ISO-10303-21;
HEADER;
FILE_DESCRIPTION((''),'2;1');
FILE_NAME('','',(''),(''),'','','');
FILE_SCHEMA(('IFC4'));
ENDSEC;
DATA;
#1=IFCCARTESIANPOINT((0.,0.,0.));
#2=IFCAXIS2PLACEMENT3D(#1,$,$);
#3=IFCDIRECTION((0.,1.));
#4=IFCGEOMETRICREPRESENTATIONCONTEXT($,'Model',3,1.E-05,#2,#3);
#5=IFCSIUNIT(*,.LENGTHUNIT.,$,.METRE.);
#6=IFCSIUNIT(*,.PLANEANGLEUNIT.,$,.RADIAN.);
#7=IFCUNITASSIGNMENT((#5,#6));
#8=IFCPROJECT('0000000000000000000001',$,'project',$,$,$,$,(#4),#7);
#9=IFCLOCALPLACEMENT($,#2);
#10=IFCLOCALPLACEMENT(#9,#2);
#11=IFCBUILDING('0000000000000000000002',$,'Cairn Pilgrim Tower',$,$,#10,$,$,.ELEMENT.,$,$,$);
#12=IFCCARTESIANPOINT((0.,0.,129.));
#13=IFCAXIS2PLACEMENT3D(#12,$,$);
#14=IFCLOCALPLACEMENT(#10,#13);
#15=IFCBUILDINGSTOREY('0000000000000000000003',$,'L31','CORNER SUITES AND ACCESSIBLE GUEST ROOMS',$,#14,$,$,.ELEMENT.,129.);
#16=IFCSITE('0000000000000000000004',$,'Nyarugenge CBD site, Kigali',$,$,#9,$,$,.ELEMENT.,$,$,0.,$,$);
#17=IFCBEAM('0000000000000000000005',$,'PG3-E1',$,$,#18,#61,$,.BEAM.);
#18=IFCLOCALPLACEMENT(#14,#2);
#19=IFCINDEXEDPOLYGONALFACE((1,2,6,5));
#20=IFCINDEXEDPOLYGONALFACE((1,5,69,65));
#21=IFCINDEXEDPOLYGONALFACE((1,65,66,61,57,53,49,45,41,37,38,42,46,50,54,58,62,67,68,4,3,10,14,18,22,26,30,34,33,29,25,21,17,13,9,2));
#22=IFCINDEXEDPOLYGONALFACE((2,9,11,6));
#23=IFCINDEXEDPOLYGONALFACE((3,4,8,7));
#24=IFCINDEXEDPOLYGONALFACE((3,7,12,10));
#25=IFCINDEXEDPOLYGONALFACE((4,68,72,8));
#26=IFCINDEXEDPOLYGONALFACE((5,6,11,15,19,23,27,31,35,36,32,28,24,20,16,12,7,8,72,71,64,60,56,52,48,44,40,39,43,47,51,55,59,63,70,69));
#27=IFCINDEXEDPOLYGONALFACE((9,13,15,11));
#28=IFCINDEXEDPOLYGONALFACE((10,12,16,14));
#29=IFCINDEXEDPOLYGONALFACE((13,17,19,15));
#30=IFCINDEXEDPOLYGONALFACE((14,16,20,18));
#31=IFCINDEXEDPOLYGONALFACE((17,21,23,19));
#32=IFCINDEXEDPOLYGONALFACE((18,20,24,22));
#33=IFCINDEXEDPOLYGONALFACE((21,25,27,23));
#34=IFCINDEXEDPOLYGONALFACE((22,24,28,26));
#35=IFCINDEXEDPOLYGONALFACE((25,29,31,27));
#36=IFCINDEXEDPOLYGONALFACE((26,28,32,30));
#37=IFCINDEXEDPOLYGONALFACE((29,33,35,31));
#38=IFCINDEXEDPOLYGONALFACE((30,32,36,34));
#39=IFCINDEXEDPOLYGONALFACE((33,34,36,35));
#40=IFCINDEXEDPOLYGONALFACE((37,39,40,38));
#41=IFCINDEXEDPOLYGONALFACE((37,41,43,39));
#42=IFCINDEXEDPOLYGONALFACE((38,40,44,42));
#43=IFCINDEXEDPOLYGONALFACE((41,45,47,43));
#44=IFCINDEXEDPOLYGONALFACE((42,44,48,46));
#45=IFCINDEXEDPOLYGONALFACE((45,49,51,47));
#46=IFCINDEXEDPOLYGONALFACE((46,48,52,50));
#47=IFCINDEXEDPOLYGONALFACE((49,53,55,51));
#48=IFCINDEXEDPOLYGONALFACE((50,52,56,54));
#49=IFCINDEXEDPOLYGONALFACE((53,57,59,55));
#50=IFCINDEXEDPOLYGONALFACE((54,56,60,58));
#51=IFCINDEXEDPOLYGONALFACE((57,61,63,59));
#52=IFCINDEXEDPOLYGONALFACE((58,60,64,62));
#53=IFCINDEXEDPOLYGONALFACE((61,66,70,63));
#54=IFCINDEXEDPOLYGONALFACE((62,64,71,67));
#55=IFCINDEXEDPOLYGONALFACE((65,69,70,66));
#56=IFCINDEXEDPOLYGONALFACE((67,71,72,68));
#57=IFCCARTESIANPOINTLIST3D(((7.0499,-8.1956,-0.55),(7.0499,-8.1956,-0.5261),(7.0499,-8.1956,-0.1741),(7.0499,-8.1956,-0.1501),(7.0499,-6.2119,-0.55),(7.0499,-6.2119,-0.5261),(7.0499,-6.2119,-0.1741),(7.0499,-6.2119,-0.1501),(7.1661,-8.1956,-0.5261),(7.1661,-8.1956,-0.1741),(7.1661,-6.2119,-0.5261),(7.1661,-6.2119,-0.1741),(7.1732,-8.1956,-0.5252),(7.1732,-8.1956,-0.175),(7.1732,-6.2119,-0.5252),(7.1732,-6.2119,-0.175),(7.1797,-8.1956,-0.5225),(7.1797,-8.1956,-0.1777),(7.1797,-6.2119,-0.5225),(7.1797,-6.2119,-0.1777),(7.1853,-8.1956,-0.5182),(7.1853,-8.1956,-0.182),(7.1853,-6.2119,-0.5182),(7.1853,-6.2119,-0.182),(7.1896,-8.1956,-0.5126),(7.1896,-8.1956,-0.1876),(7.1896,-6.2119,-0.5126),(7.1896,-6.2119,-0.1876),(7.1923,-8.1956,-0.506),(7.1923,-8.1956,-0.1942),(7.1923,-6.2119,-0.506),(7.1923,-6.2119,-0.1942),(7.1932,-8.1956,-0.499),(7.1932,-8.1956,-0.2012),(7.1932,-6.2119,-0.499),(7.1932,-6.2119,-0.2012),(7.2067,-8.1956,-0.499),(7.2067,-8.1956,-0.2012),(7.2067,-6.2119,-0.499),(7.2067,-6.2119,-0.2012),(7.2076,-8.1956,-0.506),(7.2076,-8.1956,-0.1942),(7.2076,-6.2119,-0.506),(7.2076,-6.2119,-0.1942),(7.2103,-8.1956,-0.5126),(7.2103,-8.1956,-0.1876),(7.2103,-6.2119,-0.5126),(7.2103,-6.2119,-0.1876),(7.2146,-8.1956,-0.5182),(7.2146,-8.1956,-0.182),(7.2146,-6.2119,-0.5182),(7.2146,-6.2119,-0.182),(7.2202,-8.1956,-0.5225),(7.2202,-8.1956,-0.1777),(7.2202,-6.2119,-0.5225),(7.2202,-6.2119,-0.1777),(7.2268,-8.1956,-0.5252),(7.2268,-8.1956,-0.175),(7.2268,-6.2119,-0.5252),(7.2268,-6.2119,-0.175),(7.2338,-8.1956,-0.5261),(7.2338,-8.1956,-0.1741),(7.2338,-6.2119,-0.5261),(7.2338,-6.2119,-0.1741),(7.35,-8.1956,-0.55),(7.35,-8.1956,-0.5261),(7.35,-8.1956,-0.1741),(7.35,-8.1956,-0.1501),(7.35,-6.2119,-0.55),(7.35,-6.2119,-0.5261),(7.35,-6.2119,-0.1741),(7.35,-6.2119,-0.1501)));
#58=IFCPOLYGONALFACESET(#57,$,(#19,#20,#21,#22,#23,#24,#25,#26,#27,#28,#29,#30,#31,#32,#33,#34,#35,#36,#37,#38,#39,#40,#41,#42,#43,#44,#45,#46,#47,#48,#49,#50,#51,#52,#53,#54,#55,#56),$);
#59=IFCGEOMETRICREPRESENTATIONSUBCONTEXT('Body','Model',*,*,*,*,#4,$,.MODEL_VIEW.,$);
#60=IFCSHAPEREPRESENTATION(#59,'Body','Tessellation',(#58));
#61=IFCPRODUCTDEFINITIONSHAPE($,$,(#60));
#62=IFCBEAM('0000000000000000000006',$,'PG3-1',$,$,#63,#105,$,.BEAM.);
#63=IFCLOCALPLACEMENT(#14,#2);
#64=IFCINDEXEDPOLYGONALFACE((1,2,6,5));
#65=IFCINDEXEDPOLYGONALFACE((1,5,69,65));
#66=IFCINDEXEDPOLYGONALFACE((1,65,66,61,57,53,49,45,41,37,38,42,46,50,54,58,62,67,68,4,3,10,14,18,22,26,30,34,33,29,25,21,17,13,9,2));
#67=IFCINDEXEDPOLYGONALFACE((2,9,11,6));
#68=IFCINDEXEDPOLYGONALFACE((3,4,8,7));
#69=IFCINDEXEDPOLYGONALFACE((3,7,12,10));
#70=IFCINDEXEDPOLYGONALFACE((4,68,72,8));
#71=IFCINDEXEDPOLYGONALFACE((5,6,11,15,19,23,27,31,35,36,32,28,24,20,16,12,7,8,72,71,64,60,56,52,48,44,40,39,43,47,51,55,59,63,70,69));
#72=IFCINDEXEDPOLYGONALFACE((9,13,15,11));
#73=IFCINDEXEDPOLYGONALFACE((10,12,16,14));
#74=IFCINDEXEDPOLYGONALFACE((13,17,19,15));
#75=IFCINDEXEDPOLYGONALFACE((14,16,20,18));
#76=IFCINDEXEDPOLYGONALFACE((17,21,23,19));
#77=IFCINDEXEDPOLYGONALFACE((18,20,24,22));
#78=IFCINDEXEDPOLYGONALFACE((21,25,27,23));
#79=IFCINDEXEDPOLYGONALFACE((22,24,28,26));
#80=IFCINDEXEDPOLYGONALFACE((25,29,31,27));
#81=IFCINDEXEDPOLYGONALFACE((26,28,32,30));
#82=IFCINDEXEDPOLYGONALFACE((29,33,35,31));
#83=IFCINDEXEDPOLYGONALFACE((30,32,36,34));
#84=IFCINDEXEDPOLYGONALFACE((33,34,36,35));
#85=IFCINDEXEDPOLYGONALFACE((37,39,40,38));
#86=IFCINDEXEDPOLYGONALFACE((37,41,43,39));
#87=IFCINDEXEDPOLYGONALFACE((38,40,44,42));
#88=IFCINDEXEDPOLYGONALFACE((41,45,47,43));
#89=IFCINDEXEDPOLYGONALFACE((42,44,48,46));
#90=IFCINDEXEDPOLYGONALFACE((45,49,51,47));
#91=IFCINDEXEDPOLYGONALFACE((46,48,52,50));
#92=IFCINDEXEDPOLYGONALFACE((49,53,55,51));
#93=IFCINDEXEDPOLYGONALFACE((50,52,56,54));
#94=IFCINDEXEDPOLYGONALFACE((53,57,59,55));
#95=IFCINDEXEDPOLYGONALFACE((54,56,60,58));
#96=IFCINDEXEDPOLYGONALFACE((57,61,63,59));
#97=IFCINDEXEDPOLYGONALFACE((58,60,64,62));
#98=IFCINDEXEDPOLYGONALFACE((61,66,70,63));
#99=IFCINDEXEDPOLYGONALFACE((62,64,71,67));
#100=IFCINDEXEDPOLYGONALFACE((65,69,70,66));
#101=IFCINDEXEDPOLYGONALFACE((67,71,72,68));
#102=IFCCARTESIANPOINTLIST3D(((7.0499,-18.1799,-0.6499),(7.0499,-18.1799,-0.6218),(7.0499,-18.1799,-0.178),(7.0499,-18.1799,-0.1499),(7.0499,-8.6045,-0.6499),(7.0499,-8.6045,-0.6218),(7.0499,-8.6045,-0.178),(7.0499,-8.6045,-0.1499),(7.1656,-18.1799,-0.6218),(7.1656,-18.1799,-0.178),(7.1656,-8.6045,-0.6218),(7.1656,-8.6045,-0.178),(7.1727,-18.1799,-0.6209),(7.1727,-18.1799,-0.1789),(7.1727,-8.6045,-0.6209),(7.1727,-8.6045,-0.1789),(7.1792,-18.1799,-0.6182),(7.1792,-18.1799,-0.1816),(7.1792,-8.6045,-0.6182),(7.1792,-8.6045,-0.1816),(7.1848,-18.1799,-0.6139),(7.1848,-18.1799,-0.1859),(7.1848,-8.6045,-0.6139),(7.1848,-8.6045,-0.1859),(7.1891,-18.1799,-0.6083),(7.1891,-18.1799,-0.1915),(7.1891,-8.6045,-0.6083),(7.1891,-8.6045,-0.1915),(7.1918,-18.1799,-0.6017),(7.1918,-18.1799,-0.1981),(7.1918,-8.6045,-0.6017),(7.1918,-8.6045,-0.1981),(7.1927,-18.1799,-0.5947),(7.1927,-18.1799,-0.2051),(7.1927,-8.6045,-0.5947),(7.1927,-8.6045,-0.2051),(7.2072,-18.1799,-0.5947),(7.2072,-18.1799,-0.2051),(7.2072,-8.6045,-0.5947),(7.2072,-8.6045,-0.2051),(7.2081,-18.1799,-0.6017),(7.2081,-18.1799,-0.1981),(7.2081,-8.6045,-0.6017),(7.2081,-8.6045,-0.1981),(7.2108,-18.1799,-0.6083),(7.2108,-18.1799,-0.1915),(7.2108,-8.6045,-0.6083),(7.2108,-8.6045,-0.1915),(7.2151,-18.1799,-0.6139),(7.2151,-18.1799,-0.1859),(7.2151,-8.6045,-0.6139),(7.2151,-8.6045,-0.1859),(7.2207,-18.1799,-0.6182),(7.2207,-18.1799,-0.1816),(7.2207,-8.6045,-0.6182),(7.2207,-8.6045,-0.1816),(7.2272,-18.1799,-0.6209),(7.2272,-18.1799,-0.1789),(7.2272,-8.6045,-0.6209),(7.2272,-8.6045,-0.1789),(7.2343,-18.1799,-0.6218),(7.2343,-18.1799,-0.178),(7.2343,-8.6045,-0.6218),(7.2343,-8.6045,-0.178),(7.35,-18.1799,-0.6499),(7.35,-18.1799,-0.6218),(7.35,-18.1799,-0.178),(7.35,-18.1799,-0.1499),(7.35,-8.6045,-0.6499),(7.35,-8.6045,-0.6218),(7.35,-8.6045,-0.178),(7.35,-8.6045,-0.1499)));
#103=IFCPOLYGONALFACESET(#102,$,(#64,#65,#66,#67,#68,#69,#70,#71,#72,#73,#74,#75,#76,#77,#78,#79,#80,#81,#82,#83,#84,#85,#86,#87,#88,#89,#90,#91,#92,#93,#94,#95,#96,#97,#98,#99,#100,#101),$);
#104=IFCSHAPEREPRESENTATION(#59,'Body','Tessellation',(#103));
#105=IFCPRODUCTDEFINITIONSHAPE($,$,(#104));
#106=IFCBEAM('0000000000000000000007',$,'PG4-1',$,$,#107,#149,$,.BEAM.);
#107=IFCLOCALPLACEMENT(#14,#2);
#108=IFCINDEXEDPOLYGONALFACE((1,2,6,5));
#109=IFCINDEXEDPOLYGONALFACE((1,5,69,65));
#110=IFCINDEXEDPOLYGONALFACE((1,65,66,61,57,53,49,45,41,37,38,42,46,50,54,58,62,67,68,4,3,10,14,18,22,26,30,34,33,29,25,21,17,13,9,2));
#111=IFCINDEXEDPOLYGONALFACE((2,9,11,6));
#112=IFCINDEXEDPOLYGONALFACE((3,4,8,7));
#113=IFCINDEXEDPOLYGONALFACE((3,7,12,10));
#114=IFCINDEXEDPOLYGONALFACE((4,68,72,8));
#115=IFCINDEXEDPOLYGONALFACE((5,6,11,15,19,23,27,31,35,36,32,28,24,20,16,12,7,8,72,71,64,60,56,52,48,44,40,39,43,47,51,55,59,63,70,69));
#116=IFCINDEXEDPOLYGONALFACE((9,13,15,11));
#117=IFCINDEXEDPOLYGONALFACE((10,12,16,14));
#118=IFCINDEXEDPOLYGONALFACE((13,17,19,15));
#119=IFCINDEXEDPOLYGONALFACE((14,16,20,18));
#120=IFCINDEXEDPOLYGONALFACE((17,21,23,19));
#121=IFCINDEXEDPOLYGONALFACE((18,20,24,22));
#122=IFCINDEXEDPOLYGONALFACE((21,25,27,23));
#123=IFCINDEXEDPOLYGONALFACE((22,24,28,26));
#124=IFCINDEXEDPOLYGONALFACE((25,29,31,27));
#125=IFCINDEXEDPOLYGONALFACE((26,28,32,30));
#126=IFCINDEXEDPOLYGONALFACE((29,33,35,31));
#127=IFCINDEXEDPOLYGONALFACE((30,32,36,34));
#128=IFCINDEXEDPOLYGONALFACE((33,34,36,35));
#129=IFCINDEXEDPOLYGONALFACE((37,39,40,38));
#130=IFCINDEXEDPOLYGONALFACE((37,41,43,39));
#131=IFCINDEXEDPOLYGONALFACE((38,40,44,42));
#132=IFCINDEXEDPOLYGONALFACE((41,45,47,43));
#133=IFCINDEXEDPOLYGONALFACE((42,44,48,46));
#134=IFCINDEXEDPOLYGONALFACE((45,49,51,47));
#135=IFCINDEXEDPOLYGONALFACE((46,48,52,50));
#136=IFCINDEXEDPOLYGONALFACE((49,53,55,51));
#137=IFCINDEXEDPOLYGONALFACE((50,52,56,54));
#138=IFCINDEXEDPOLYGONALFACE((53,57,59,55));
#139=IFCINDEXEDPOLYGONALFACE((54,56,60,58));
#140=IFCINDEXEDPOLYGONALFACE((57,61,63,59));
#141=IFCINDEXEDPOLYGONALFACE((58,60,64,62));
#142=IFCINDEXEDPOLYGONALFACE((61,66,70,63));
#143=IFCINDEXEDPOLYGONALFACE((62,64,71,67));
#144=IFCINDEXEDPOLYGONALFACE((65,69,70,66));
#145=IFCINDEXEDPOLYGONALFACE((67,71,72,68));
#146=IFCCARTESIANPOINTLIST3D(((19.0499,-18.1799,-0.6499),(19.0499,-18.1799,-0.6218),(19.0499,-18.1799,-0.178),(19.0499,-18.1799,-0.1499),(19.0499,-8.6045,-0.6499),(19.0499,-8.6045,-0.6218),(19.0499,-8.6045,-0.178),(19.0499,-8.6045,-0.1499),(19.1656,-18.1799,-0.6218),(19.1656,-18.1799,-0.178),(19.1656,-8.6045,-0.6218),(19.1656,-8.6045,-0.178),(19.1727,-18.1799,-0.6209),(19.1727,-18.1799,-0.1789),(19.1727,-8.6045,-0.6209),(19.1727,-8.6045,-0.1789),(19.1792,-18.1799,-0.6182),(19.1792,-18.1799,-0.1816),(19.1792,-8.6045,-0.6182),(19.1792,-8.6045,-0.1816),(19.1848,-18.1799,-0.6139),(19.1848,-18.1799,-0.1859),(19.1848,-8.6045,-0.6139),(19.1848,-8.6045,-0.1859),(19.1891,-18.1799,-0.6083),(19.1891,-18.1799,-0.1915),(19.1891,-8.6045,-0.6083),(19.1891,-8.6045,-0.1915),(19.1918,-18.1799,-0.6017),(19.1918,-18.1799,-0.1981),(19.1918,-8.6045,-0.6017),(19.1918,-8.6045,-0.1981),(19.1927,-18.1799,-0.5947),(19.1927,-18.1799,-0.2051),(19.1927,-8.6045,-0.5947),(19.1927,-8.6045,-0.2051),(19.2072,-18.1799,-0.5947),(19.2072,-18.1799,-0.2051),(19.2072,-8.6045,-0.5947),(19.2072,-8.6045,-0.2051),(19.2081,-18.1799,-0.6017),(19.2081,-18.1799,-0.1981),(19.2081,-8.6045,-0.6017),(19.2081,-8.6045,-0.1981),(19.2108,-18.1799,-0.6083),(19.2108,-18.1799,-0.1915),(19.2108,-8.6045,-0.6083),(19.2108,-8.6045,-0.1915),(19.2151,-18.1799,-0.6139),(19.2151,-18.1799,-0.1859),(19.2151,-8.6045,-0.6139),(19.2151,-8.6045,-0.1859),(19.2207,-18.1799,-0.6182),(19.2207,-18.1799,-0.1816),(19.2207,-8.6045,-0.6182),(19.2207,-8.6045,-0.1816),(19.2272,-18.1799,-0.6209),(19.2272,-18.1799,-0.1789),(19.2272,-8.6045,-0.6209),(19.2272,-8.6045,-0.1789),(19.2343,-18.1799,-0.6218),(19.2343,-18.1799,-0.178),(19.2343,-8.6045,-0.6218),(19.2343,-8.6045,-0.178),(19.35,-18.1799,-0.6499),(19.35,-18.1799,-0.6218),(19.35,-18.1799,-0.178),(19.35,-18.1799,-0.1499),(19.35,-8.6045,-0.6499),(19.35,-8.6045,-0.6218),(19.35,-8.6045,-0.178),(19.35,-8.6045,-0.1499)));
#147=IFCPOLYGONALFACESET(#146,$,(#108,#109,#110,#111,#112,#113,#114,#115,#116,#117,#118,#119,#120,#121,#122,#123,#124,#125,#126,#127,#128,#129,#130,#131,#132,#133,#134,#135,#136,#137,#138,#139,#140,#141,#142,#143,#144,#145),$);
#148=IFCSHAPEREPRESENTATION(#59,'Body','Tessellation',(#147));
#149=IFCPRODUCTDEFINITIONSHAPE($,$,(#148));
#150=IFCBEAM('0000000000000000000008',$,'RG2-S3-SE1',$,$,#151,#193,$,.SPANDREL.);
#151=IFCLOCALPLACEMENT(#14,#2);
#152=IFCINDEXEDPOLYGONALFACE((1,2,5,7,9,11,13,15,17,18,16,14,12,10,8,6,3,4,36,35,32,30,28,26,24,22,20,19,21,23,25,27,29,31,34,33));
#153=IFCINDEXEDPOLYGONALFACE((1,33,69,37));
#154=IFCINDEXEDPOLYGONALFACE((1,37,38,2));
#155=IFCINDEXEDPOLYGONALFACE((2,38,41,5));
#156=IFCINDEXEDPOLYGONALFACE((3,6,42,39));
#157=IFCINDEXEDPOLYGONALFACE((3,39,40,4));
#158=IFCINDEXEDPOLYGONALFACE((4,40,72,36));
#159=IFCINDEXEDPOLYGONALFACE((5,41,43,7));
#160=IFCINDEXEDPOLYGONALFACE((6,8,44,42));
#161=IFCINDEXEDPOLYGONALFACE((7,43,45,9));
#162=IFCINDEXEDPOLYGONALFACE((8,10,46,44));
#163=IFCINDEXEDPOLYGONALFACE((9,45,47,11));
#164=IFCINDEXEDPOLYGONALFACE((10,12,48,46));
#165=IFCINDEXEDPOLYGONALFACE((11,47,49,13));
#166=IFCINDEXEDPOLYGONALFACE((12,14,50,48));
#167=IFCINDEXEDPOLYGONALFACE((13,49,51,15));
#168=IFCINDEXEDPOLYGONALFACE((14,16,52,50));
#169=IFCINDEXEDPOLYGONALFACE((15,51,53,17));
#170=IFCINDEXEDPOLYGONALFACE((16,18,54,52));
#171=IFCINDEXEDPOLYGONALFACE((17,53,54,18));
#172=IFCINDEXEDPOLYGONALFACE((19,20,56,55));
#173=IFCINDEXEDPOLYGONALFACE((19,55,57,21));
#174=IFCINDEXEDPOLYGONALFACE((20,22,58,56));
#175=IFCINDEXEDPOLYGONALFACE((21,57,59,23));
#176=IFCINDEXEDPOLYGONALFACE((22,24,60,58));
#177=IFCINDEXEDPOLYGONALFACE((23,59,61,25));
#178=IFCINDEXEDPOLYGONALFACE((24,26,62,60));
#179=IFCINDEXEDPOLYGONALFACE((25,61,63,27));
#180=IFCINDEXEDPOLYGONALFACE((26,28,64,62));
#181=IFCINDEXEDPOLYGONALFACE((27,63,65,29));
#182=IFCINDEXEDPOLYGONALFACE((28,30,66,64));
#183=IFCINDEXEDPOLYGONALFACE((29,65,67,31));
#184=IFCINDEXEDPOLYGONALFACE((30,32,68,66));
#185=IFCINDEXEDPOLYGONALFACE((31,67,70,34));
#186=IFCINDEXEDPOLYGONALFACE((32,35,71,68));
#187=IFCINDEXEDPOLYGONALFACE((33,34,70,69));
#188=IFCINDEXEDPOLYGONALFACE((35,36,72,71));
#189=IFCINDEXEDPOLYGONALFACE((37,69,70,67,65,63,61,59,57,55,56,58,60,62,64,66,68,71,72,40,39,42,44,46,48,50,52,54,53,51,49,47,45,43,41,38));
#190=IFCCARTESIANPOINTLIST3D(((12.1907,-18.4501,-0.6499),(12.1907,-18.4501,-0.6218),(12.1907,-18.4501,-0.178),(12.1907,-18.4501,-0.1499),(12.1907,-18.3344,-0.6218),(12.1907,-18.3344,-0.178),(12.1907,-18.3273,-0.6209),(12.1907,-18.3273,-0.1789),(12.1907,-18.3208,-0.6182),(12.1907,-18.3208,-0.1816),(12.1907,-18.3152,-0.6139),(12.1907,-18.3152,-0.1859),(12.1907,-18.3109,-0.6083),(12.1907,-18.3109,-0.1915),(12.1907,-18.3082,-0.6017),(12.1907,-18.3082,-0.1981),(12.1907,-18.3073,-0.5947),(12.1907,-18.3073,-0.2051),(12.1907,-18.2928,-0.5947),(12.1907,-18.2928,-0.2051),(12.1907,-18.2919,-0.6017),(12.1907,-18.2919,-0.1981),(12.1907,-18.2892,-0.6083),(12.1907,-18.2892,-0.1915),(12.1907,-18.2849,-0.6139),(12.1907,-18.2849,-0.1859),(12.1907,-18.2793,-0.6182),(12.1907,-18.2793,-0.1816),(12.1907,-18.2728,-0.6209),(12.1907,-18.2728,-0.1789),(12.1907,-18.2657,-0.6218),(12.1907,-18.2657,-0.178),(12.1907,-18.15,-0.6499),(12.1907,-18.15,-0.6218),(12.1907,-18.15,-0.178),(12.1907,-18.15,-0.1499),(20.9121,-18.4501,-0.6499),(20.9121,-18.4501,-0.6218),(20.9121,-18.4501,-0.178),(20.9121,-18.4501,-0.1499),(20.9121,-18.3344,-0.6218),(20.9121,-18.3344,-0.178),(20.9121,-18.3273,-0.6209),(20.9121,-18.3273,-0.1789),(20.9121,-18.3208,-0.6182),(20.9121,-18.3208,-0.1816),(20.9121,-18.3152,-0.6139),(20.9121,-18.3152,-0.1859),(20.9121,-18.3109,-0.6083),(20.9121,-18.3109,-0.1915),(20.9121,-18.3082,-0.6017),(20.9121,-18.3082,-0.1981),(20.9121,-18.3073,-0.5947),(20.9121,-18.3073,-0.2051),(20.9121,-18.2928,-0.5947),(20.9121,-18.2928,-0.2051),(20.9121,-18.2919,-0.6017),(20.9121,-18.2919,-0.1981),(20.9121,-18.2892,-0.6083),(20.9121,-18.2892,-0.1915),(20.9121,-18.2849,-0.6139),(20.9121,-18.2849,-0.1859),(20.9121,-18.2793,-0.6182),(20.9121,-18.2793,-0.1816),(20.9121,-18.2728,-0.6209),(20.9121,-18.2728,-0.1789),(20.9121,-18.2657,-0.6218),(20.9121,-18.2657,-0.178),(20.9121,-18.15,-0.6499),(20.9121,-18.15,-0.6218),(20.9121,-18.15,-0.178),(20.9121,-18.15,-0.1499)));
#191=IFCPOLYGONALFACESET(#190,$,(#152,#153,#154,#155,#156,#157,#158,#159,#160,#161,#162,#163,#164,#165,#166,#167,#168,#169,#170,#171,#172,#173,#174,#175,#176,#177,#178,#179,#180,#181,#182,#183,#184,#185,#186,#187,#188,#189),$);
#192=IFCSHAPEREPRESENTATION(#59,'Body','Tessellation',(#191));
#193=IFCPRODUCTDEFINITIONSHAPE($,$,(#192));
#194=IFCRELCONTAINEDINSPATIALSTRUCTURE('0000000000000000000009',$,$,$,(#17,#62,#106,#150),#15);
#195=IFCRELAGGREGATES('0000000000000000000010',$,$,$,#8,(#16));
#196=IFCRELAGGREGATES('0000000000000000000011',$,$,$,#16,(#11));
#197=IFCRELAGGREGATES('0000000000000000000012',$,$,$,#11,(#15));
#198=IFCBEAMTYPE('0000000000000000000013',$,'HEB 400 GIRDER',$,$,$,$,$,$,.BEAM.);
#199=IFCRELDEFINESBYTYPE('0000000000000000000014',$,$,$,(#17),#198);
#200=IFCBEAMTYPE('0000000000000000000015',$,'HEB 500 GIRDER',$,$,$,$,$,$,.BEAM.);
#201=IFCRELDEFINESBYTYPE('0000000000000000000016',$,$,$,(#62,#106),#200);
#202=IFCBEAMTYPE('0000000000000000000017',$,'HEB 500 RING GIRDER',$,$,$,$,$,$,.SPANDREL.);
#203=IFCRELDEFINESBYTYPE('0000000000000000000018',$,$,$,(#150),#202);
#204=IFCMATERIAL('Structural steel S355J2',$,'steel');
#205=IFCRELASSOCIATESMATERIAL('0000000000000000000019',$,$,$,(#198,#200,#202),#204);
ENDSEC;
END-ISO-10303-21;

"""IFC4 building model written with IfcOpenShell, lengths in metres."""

from ifc_helpers import new_model, si_unit, direction, frame, origin, origin_2d, place, context, subcontext, project, spatial, i_section, extrude, material, material_profile, profile_set, type_object, element, save


model = new_model("IFC4")

# Units and contexts
model_context = context("Model", 3, precision=1e-05, world=origin(), true_north=direction((0.0, 1.0)))
body_context = subcontext(model_context, "Body", "Model", "MODEL_VIEW")
ifc_project = project(units=[si_unit("LENGTHUNIT", "METRE"), si_unit("PLANEANGLEUNIT", "RADIAN")], contexts=[model_context])

# Site, building, storey
site_placement = place(None, origin())
site = spatial("IfcSite", under=ifc_project, at=site_placement, Name="Nyarugenge CBD site, Kigali", CompositionType="ELEMENT", RefElevation=0.0)
building_placement = place(site_placement, origin())
building = spatial("IfcBuilding", under=site, at=building_placement, Name="Cairn Pilgrim Tower", CompositionType="ELEMENT")
storey_placement = place(building_placement, frame((0.0, 0.0, 129.0)))
storey = spatial("IfcBuildingStorey", under=building, at=storey_placement, Name="L31", Description="CORNER SUITES AND ACCESSIBLE GUEST ROOMS", CompositionType="ELEMENT", Elevation=129.0)

# Beams
ifc_material_1 = material(Name="Structural steel S355J2", Category="steel")
ifc_material_profile_1 = material_profile(ifc_material_1, i_section(OverallWidth=0.3, OverallDepth=0.3999, WebThickness=0.0134, FlangeThickness=0.0239, FilletRadius=0.0271, at=origin_2d()), Name="HEB 400")
ifc_profile_set_1 = profile_set([ifc_material_profile_1], Name="Structural steel S355J2")
beam_type_1 = type_object("IfcBeamType", Name="HEB 400 GIRDER", PredefinedType="BEAM", material=ifc_profile_set_1)
beam_1_placement = place(storey_placement, frame((7.2, -8.1956, -0.3501), z_axis=(0.0, 1.0, 0.0), x_axis=(-1.0, 0.0, 0.0)))
element("IfcBeam", 1, at=beam_1_placement, inside=storey, type_object=beam_type_1, Name="PG3-E1", PredefinedType="BEAM", context=body_context, shape_type="SweptSolid", body=[
    extrude(i_section(OverallWidth=0.3, OverallDepth=0.3999, WebThickness=0.0134, FlangeThickness=0.0239, FilletRadius=0.0271, at=origin_2d()), origin(), (0.0, 0.0, 1.0), 1.9836),
])
ifc_material_profile_2 = material_profile(ifc_material_1, i_section(OverallWidth=0.3, OverallDepth=0.5, WebThickness=0.0144, FlangeThickness=0.0281, FilletRadius=0.0271, at=origin_2d()), Name="HEB 500")
ifc_profile_set_2 = profile_set([ifc_material_profile_2], Name="Structural steel S355J2")
beam_type_2 = type_object("IfcBeamType", Name="HEB 500 GIRDER", PredefinedType="BEAM", material=ifc_profile_set_2)
for number, where, z_axis, x_axis, name in (
    (2, (7.2, -18.1799, -0.3999), (0.0, 1.0, 0.0), (-1.0, 0.0, 0.0), "PG3-1"),
    (3, (19.2, -18.1799, -0.3999), (0.0, 1.0, 0.0), (-1.0, 0.0, 0.0), "PG4-1"),
):
    element("IfcBeam", number, at=place(storey_placement, frame(where, z_axis=z_axis, x_axis=x_axis)), inside=storey, type_object=beam_type_2, Name=name, PredefinedType="BEAM", context=body_context, shape_type="SweptSolid", body=[
        extrude(i_section(OverallWidth=0.3, OverallDepth=0.5, WebThickness=0.0144, FlangeThickness=0.0281, FilletRadius=0.0271, at=origin_2d()), origin(), (0.0, 0.0, 1.0), 9.5754),
    ])
ifc_material_profile_3 = material_profile(ifc_material_1, i_section(OverallWidth=0.3, OverallDepth=0.5, WebThickness=0.0144, FlangeThickness=0.0281, FilletRadius=0.0271, at=origin_2d()), Name="HEB 500")
ifc_profile_set_3 = profile_set([ifc_material_profile_3], Name="Structural steel S355J2")
beam_type_3 = type_object("IfcBeamType", Name="HEB 500 RING GIRDER", PredefinedType="SPANDREL", material=ifc_profile_set_3)
beam_2_placement = place(storey_placement, frame((12.1907, -18.3, -0.3999), z_axis=(1.0, 0.0, 0.0), x_axis=(0.0, 1.0, 0.0)))
element("IfcBeam", 4, at=beam_2_placement, inside=storey, type_object=beam_type_3, Name="RG2-S3-SE1", PredefinedType="SPANDREL", context=body_context, shape_type="SweptSolid", body=[
    extrude(i_section(OverallWidth=0.3, OverallDepth=0.5, WebThickness=0.0144, FlangeThickness=0.0281, FilletRadius=0.0271, at=origin_2d()), origin(), (0.0, 0.0, 1.0), 8.7214),
])

save(model, "model.ifc")
